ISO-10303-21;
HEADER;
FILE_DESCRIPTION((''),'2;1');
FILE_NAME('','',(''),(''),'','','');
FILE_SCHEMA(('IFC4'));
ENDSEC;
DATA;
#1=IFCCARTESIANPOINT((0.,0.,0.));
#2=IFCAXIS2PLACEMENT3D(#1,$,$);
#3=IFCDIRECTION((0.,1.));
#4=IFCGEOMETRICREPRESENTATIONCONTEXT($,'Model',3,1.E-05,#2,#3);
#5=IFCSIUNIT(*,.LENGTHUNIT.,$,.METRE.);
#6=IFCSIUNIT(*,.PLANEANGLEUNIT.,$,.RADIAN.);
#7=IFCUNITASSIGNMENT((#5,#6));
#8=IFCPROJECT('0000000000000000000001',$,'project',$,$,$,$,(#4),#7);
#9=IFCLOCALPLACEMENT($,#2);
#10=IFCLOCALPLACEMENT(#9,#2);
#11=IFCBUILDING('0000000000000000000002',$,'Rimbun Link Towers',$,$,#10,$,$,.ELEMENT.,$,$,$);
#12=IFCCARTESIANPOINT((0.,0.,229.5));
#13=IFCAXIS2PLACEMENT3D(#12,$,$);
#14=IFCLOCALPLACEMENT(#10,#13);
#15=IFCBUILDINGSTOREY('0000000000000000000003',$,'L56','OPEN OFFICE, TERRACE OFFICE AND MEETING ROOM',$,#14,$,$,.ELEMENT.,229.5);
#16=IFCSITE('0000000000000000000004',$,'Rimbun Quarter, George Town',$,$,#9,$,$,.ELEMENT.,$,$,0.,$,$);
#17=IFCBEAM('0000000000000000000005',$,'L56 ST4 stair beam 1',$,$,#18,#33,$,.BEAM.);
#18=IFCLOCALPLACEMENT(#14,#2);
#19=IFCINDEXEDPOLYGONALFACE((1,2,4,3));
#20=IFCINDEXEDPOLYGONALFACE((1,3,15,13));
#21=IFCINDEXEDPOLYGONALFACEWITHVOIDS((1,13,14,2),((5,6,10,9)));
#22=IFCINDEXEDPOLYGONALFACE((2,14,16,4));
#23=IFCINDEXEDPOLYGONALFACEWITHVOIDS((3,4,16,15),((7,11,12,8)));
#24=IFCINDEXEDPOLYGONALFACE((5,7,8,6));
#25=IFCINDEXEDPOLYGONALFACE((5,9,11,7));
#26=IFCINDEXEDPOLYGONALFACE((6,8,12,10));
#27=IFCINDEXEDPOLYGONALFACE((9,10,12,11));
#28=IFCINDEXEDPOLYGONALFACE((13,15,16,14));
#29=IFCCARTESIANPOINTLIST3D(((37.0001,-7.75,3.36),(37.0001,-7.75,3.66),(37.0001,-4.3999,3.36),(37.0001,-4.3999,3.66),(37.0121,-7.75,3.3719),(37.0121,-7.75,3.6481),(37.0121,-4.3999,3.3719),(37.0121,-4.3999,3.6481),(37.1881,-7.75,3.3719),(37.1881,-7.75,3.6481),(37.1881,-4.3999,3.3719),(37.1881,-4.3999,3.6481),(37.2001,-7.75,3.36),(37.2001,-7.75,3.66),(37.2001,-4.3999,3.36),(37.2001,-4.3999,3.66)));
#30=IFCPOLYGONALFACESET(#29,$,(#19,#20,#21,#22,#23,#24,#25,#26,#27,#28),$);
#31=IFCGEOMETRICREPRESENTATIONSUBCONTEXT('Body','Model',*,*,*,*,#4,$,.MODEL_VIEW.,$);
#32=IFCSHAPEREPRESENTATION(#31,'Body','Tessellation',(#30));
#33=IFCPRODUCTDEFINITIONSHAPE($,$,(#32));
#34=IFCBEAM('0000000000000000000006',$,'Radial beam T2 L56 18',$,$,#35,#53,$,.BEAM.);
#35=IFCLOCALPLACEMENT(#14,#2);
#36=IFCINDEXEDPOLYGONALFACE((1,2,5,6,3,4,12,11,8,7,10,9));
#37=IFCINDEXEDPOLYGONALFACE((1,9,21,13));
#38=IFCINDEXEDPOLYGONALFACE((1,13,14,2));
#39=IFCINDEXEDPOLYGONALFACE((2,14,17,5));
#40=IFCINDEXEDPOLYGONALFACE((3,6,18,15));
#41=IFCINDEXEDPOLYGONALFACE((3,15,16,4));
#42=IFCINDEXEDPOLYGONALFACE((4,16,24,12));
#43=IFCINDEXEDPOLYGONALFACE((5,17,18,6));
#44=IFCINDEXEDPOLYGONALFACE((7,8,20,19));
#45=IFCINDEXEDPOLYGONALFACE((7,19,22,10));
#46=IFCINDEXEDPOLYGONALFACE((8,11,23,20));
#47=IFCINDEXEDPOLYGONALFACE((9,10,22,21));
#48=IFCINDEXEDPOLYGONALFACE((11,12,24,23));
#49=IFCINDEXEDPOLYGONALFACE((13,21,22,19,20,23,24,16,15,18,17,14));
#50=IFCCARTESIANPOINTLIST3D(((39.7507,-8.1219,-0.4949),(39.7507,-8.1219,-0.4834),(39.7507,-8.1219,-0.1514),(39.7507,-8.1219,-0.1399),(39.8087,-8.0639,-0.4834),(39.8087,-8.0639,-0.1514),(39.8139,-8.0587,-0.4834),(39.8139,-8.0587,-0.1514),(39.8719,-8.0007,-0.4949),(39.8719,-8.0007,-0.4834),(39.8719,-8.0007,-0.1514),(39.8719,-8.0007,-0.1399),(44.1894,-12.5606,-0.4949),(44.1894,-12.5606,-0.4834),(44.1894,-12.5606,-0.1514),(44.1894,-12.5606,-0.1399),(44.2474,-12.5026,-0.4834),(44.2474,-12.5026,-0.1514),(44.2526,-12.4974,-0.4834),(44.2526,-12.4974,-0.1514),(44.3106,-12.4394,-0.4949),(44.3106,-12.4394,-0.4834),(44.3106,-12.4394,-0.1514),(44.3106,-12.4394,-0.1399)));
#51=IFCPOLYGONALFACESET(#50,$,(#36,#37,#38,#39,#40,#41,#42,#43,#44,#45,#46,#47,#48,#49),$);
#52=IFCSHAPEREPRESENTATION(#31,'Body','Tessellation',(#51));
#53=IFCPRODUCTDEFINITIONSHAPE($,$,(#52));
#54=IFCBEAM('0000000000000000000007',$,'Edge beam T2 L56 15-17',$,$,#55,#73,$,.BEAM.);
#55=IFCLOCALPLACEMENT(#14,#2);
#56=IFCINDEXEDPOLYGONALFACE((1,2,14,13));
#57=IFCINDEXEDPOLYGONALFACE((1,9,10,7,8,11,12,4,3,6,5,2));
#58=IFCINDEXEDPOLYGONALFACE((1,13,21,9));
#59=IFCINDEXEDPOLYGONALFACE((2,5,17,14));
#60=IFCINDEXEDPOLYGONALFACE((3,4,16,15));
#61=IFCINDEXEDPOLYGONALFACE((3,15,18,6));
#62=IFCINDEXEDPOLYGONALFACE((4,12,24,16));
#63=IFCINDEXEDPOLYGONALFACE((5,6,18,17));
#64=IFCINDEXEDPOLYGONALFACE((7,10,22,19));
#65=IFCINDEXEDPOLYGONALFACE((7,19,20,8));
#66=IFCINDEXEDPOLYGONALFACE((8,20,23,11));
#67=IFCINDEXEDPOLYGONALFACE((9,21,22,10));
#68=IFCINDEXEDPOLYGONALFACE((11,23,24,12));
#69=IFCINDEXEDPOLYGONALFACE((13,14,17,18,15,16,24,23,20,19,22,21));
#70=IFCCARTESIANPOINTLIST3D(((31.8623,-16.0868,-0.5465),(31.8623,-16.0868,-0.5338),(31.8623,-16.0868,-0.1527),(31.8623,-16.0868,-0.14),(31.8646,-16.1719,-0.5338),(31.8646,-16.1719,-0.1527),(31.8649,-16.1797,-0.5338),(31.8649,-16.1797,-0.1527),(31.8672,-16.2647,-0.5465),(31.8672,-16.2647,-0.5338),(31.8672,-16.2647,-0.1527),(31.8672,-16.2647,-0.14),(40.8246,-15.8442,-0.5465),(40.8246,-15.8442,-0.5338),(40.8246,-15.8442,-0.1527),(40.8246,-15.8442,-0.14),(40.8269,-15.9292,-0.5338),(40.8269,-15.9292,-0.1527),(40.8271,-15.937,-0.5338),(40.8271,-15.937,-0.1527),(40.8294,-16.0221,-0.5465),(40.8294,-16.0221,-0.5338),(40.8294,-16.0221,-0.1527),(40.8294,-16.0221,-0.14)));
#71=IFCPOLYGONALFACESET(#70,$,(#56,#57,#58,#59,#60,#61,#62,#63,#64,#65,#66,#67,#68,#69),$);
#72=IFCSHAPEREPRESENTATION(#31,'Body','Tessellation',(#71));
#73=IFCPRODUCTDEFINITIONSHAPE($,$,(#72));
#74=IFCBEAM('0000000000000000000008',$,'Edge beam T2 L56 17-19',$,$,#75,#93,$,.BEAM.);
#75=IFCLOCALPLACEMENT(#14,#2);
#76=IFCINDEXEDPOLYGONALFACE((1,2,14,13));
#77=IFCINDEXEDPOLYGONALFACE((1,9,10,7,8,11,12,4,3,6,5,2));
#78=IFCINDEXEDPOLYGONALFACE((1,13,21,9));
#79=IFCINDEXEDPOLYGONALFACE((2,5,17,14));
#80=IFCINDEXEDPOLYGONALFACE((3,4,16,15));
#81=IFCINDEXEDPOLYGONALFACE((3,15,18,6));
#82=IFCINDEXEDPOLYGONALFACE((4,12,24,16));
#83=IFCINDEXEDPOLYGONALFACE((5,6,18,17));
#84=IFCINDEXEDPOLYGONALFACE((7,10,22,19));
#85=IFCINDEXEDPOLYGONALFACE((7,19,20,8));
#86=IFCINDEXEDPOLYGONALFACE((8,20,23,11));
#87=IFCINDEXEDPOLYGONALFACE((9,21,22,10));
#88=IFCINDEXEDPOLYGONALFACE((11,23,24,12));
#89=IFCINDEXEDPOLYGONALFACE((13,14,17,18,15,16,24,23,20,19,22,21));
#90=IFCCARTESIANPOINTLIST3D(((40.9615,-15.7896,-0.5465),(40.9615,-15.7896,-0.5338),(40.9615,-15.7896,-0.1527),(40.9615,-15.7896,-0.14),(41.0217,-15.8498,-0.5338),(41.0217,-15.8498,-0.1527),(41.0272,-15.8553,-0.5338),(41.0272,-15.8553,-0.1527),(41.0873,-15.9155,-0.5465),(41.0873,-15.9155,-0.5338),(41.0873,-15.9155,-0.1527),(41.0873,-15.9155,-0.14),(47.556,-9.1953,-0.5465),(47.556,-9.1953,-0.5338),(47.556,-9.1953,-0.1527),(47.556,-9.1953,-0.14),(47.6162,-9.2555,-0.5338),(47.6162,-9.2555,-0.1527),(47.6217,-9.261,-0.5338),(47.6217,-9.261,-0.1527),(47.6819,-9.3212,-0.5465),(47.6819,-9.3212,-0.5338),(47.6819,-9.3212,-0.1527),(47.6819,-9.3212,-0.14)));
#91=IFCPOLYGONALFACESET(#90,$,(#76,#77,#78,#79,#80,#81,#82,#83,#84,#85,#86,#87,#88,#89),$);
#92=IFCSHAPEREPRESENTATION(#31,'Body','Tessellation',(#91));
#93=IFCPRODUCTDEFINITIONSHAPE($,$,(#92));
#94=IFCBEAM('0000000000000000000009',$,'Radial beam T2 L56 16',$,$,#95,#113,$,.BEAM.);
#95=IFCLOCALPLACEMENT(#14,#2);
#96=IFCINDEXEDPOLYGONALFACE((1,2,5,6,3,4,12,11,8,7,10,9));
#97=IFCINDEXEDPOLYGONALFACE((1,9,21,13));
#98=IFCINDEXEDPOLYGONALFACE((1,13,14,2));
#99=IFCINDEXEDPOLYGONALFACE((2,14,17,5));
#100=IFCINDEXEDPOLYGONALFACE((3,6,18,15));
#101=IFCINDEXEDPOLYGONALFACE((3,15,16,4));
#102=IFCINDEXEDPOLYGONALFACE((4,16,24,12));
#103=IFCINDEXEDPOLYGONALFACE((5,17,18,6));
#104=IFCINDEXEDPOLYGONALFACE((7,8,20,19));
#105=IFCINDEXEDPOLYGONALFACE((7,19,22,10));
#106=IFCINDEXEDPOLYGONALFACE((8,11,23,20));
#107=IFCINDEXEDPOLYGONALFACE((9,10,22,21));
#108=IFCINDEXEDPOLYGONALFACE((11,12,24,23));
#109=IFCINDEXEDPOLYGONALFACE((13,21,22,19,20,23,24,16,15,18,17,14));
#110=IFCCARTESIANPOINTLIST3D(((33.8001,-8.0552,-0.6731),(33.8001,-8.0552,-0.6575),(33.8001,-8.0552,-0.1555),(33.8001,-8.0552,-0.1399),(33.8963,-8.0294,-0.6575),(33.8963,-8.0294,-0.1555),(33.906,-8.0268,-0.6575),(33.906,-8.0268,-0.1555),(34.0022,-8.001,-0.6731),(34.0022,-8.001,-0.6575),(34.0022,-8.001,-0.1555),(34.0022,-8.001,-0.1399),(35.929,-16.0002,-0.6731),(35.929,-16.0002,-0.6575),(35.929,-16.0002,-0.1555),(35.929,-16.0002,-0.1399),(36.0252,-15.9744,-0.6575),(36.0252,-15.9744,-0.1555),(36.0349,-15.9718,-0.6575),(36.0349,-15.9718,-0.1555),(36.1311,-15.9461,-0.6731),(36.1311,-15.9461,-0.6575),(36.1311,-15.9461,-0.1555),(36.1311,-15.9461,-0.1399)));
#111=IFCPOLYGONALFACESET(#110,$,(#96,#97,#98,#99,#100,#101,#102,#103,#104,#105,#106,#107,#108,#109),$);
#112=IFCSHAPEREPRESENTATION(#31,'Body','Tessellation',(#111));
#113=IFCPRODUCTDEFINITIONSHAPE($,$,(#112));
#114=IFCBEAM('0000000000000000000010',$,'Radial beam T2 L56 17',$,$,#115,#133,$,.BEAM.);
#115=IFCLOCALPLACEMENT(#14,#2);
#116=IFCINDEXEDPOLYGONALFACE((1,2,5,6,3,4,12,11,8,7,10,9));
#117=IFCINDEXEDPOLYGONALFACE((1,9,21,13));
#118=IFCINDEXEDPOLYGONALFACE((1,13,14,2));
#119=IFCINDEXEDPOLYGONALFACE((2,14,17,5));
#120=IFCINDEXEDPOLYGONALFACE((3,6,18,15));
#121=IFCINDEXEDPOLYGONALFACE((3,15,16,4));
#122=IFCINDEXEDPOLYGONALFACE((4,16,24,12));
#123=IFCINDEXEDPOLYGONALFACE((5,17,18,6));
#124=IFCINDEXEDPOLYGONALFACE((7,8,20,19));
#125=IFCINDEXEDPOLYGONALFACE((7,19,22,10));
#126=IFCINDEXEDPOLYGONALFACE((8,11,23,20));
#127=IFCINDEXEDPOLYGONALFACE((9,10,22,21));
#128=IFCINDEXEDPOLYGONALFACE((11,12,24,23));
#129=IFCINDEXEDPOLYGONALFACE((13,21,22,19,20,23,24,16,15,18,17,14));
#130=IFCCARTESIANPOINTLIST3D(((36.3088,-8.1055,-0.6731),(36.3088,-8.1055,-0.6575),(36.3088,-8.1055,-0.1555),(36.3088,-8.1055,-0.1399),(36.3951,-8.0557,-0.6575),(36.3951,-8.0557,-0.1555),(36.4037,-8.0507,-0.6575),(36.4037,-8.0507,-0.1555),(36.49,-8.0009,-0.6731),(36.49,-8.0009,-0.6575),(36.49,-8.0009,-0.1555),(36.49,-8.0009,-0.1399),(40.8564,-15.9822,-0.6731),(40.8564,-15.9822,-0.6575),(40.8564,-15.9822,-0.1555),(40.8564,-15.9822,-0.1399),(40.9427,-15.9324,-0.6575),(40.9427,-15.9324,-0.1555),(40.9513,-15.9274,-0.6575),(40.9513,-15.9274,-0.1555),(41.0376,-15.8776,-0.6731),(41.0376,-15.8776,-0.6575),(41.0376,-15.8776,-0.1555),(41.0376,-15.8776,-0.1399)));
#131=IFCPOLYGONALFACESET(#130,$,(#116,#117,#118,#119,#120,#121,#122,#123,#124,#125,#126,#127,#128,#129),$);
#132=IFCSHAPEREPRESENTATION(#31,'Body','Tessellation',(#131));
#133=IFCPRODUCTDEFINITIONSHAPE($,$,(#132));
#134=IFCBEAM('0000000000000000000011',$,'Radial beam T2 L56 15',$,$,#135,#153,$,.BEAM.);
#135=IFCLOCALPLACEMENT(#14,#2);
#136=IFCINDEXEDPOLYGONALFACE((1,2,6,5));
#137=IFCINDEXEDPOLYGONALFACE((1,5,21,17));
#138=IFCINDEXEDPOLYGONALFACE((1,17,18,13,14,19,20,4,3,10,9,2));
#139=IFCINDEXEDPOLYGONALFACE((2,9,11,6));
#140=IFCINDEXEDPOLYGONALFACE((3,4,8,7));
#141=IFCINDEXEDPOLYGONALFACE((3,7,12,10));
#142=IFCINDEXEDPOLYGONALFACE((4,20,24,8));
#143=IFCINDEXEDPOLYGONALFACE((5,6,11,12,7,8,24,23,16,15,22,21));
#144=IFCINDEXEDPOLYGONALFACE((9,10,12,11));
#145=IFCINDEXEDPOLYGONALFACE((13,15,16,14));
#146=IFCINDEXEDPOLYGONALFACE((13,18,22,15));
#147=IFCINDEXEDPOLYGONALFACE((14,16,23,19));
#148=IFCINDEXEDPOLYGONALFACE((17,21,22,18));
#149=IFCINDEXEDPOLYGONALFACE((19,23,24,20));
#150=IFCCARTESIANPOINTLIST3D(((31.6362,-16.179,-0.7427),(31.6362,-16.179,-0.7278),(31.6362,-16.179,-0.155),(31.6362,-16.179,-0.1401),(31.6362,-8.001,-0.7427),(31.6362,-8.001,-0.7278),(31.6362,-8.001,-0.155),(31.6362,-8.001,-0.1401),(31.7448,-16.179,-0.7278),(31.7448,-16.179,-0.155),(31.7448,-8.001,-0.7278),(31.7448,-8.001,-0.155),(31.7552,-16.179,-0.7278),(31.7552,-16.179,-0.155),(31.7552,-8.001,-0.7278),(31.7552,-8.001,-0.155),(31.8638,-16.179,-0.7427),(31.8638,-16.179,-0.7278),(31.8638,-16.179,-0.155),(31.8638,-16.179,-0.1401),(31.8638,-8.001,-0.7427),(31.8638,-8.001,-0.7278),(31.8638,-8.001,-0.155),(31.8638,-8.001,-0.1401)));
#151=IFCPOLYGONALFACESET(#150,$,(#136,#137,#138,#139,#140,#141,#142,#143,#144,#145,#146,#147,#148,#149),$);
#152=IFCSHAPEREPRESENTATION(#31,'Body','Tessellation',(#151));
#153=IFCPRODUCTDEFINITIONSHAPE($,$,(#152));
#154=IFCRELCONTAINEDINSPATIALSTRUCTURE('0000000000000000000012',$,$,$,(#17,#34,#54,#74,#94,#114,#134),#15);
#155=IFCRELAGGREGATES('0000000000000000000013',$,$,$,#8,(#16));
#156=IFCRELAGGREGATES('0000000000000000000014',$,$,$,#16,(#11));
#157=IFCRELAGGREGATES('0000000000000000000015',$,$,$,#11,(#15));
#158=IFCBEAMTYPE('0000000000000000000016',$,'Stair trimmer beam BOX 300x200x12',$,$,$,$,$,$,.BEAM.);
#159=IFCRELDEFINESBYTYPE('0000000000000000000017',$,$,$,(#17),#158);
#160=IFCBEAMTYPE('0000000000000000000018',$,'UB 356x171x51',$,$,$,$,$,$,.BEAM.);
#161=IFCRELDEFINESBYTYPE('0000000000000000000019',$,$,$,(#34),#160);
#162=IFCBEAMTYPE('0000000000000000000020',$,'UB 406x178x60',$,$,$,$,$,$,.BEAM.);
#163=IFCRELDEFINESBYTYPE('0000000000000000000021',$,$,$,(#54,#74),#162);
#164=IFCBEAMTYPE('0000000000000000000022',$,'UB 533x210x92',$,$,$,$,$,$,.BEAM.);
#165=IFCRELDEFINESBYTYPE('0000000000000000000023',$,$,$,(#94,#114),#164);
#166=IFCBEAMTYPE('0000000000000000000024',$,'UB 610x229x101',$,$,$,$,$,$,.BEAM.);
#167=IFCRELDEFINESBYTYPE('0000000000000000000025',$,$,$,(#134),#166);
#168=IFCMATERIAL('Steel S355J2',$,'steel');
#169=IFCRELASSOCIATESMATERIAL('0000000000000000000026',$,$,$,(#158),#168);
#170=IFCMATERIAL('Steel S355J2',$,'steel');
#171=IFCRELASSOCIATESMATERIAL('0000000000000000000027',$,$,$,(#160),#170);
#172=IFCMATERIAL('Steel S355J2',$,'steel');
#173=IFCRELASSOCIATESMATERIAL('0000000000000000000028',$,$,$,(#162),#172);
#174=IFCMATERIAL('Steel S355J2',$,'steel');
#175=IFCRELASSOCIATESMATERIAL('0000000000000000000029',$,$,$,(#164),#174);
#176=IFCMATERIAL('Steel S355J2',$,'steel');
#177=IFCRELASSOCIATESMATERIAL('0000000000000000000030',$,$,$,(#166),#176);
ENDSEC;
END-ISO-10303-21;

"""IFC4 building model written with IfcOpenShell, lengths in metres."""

from ifc_helpers import new_model, si_unit, direction, frame, origin, origin_2d, place, context, subcontext, project, spatial, hollow_rectangle, i_section, extrude, material, material_profile, profile_set, type_object, element, save


model = new_model("IFC4")

# Units and contexts
model_context = context("Model", 3, precision=1e-05, world=origin(), true_north=direction((0.0, 1.0)))
body_context = subcontext(model_context, "Body", "Model", "MODEL_VIEW")
ifc_project = project(units=[si_unit("LENGTHUNIT", "METRE"), si_unit("PLANEANGLEUNIT", "RADIAN")], contexts=[model_context])

# Site, building, storey
site_placement = place(None, origin())
site = spatial("IfcSite", under=ifc_project, at=site_placement, Name="Rimbun Quarter, George Town", CompositionType="ELEMENT", RefElevation=0.0)
building_placement = place(site_placement, origin())
building = spatial("IfcBuilding", under=site, at=building_placement, Name="Rimbun Link Towers", CompositionType="ELEMENT")
storey_placement = place(building_placement, frame((0.0, 0.0, 229.5)))
storey = spatial("IfcBuildingStorey", under=building, at=storey_placement, Name="L56", Description="OPEN OFFICE, TERRACE OFFICE AND MEETING ROOM", CompositionType="ELEMENT", Elevation=229.5)

# Beams
ifc_material_1 = material(Name="Steel S355J2", Category="steel")
ifc_material_profile_1 = material_profile(ifc_material_1, hollow_rectangle(XDim=0.2, YDim=0.3, WallThickness=0.012, at=origin_2d()), Name="BOX 300x200x12")
ifc_profile_set_1 = profile_set([ifc_material_profile_1], Name="Steel S355J2")
beam_type_1 = type_object("IfcBeamType", Name="Stair trimmer beam BOX 300x200x12", PredefinedType="BEAM", material=ifc_profile_set_1)
beam_1_placement = place(storey_placement, frame((37.1001, -7.75, 3.51), z_axis=(0.0, 1.0, 0.0), x_axis=(-1.0, 0.0, 0.0)))
element("IfcBeam", 1, at=beam_1_placement, inside=storey, type_object=beam_type_1, Name="L56 ST4 stair beam 1", PredefinedType="BEAM", context=body_context, shape_type="SweptSolid", body=[
    extrude(hollow_rectangle(XDim=0.2, YDim=0.3, WallThickness=0.012, at=origin_2d()), origin(), (0.0, 0.0, 1.0), 3.3501),
])
ifc_material_2 = material(Name="Steel S355J2", Category="steel")
ifc_material_profile_2 = material_profile(ifc_material_2, i_section(OverallWidth=0.1714, OverallDepth=0.355, WebThickness=0.0073, FlangeThickness=0.0115, at=origin_2d()), Name="UB 356x171x51")
ifc_profile_set_2 = profile_set([ifc_material_profile_2], Name="Steel S355J2")
beam_type_2 = type_object("IfcBeamType", Name="UB 356x171x51", PredefinedType="BEAM", material=ifc_profile_set_2)
beam_2_placement = place(storey_placement, frame((39.8113, -8.0613, -0.3174), z_axis=(0.707107, -0.707107, 0.0), x_axis=(0.707107, 0.707107, 0.0)))
element("IfcBeam", 2, at=beam_2_placement, inside=storey, type_object=beam_type_2, Name="Radial beam T2 L56 18", PredefinedType="BEAM", context=body_context, shape_type="SweptSolid", body=[
    extrude(i_section(OverallWidth=0.1714, OverallDepth=0.355, WebThickness=0.0073, FlangeThickness=0.0115, at=origin_2d()), origin(), (0.0, 0.0, 1.0), 6.2773),
])
ifc_material_3 = material(Name="Steel S355J2", Category="steel")
ifc_material_profile_3 = material_profile(ifc_material_3, i_section(OverallWidth=0.178, OverallDepth=0.4065, WebThickness=0.0078, FlangeThickness=0.0127, at=origin_2d()), Name="UB 406x178x60")
ifc_profile_set_3 = profile_set([ifc_material_profile_3], Name="Steel S355J2")
beam_type_3 = type_object("IfcBeamType", Name="UB 406x178x60", PredefinedType="BEAM", material=ifc_profile_set_3)
beam_3_placement = place(storey_placement, frame((31.8647, -16.1758, -0.3433), z_axis=(0.999634, 0.027067, 0.0), x_axis=(-0.027067, 0.999634, 0.0)))
element("IfcBeam", 3, at=beam_3_placement, inside=storey, type_object=beam_type_3, Name="Edge beam T2 L56 15-17", PredefinedType="BEAM", context=body_context, shape_type="SweptSolid", body=[
    extrude(i_section(OverallWidth=0.178, OverallDepth=0.4065, WebThickness=0.0078, FlangeThickness=0.0127, at=origin_2d()), origin(), (0.0, 0.0, 1.0), 8.9656),
])
beam_4_placement = place(storey_placement, frame((41.0244, -15.8525, -0.3433), z_axis=(0.70712, 0.707094, 0.0), x_axis=(-0.707094, 0.70712, 0.0)))
element("IfcBeam", 4, at=beam_4_placement, inside=storey, type_object=beam_type_3, Name="Edge beam T2 L56 17-19", PredefinedType="BEAM", context=body_context, shape_type="SweptSolid", body=[
    extrude(i_section(OverallWidth=0.178, OverallDepth=0.4065, WebThickness=0.0078, FlangeThickness=0.0127, at=origin_2d()), origin(), (0.0, 0.0, 1.0), 9.3259),
])
ifc_material_4 = material(Name="Steel S355J2", Category="steel")
ifc_material_profile_4 = material_profile(ifc_material_4, i_section(OverallWidth=0.2092, OverallDepth=0.5332, WebThickness=0.01, FlangeThickness=0.0156, at=origin_2d()), Name="UB 533x210x92")
ifc_profile_set_4 = profile_set([ifc_material_profile_4], Name="Steel S355J2")
beam_type_4 = type_object("IfcBeamType", Name="UB 533x210x92", PredefinedType="BEAM", material=ifc_profile_set_4)
beam_5_placement = place(storey_placement, frame((33.9011, -8.0281, -0.4065), z_axis=(0.258823, -0.965925, 0.0), x_axis=(0.965925, 0.258823, 0.0)))
element("IfcBeam", 5, at=beam_5_placement, inside=storey, type_object=beam_type_4, Name="Radial beam T2 L56 16", PredefinedType="BEAM", context=body_context, shape_type="SweptSolid", body=[
    extrude(i_section(OverallWidth=0.2092, OverallDepth=0.5332, WebThickness=0.01, FlangeThickness=0.0156, at=origin_2d()), origin(), (0.0, 0.0, 1.0), 8.2253),
])
beam_6_placement = place(storey_placement, frame((36.3994, -8.0532, -0.4065), z_axis=(0.499999, -0.866026, 0.0), x_axis=(0.866026, 0.499999, 0.0)))
element("IfcBeam", 6, at=beam_6_placement, inside=storey, type_object=beam_type_4, Name="Radial beam T2 L56 17", PredefinedType="BEAM", context=body_context, shape_type="SweptSolid", body=[
    extrude(i_section(OverallWidth=0.2092, OverallDepth=0.5332, WebThickness=0.01, FlangeThickness=0.0156, at=origin_2d()), origin(), (0.0, 0.0, 1.0), 9.0952),
])
ifc_material_5 = material(Name="Steel S355J2", Category="steel")
ifc_material_profile_5 = material_profile(ifc_material_5, i_section(OverallWidth=0.2275, OverallDepth=0.6025, WebThickness=0.0105, FlangeThickness=0.0149, at=origin_2d()), Name="UB 610x229x101")
ifc_profile_set_5 = profile_set([ifc_material_profile_5], Name="Steel S355J2")
beam_type_5 = type_object("IfcBeamType", Name="UB 610x229x101", PredefinedType="BEAM", material=ifc_profile_set_5)
beam_7_placement = place(storey_placement, frame((31.75, -8.001, -0.4414), z_axis=(0.0, -1.0, 0.0), x_axis=(1.0, 0.0, 0.0)))
element("IfcBeam", 7, at=beam_7_placement, inside=storey, type_object=beam_type_5, Name="Radial beam T2 L56 15", PredefinedType="BEAM", context=body_context, shape_type="SweptSolid", body=[
    extrude(i_section(OverallWidth=0.2275, OverallDepth=0.6025, WebThickness=0.0105, FlangeThickness=0.0149, at=origin_2d()), origin(), (0.0, 0.0, 1.0), 8.178),
])

save(model, "model.ifc")
